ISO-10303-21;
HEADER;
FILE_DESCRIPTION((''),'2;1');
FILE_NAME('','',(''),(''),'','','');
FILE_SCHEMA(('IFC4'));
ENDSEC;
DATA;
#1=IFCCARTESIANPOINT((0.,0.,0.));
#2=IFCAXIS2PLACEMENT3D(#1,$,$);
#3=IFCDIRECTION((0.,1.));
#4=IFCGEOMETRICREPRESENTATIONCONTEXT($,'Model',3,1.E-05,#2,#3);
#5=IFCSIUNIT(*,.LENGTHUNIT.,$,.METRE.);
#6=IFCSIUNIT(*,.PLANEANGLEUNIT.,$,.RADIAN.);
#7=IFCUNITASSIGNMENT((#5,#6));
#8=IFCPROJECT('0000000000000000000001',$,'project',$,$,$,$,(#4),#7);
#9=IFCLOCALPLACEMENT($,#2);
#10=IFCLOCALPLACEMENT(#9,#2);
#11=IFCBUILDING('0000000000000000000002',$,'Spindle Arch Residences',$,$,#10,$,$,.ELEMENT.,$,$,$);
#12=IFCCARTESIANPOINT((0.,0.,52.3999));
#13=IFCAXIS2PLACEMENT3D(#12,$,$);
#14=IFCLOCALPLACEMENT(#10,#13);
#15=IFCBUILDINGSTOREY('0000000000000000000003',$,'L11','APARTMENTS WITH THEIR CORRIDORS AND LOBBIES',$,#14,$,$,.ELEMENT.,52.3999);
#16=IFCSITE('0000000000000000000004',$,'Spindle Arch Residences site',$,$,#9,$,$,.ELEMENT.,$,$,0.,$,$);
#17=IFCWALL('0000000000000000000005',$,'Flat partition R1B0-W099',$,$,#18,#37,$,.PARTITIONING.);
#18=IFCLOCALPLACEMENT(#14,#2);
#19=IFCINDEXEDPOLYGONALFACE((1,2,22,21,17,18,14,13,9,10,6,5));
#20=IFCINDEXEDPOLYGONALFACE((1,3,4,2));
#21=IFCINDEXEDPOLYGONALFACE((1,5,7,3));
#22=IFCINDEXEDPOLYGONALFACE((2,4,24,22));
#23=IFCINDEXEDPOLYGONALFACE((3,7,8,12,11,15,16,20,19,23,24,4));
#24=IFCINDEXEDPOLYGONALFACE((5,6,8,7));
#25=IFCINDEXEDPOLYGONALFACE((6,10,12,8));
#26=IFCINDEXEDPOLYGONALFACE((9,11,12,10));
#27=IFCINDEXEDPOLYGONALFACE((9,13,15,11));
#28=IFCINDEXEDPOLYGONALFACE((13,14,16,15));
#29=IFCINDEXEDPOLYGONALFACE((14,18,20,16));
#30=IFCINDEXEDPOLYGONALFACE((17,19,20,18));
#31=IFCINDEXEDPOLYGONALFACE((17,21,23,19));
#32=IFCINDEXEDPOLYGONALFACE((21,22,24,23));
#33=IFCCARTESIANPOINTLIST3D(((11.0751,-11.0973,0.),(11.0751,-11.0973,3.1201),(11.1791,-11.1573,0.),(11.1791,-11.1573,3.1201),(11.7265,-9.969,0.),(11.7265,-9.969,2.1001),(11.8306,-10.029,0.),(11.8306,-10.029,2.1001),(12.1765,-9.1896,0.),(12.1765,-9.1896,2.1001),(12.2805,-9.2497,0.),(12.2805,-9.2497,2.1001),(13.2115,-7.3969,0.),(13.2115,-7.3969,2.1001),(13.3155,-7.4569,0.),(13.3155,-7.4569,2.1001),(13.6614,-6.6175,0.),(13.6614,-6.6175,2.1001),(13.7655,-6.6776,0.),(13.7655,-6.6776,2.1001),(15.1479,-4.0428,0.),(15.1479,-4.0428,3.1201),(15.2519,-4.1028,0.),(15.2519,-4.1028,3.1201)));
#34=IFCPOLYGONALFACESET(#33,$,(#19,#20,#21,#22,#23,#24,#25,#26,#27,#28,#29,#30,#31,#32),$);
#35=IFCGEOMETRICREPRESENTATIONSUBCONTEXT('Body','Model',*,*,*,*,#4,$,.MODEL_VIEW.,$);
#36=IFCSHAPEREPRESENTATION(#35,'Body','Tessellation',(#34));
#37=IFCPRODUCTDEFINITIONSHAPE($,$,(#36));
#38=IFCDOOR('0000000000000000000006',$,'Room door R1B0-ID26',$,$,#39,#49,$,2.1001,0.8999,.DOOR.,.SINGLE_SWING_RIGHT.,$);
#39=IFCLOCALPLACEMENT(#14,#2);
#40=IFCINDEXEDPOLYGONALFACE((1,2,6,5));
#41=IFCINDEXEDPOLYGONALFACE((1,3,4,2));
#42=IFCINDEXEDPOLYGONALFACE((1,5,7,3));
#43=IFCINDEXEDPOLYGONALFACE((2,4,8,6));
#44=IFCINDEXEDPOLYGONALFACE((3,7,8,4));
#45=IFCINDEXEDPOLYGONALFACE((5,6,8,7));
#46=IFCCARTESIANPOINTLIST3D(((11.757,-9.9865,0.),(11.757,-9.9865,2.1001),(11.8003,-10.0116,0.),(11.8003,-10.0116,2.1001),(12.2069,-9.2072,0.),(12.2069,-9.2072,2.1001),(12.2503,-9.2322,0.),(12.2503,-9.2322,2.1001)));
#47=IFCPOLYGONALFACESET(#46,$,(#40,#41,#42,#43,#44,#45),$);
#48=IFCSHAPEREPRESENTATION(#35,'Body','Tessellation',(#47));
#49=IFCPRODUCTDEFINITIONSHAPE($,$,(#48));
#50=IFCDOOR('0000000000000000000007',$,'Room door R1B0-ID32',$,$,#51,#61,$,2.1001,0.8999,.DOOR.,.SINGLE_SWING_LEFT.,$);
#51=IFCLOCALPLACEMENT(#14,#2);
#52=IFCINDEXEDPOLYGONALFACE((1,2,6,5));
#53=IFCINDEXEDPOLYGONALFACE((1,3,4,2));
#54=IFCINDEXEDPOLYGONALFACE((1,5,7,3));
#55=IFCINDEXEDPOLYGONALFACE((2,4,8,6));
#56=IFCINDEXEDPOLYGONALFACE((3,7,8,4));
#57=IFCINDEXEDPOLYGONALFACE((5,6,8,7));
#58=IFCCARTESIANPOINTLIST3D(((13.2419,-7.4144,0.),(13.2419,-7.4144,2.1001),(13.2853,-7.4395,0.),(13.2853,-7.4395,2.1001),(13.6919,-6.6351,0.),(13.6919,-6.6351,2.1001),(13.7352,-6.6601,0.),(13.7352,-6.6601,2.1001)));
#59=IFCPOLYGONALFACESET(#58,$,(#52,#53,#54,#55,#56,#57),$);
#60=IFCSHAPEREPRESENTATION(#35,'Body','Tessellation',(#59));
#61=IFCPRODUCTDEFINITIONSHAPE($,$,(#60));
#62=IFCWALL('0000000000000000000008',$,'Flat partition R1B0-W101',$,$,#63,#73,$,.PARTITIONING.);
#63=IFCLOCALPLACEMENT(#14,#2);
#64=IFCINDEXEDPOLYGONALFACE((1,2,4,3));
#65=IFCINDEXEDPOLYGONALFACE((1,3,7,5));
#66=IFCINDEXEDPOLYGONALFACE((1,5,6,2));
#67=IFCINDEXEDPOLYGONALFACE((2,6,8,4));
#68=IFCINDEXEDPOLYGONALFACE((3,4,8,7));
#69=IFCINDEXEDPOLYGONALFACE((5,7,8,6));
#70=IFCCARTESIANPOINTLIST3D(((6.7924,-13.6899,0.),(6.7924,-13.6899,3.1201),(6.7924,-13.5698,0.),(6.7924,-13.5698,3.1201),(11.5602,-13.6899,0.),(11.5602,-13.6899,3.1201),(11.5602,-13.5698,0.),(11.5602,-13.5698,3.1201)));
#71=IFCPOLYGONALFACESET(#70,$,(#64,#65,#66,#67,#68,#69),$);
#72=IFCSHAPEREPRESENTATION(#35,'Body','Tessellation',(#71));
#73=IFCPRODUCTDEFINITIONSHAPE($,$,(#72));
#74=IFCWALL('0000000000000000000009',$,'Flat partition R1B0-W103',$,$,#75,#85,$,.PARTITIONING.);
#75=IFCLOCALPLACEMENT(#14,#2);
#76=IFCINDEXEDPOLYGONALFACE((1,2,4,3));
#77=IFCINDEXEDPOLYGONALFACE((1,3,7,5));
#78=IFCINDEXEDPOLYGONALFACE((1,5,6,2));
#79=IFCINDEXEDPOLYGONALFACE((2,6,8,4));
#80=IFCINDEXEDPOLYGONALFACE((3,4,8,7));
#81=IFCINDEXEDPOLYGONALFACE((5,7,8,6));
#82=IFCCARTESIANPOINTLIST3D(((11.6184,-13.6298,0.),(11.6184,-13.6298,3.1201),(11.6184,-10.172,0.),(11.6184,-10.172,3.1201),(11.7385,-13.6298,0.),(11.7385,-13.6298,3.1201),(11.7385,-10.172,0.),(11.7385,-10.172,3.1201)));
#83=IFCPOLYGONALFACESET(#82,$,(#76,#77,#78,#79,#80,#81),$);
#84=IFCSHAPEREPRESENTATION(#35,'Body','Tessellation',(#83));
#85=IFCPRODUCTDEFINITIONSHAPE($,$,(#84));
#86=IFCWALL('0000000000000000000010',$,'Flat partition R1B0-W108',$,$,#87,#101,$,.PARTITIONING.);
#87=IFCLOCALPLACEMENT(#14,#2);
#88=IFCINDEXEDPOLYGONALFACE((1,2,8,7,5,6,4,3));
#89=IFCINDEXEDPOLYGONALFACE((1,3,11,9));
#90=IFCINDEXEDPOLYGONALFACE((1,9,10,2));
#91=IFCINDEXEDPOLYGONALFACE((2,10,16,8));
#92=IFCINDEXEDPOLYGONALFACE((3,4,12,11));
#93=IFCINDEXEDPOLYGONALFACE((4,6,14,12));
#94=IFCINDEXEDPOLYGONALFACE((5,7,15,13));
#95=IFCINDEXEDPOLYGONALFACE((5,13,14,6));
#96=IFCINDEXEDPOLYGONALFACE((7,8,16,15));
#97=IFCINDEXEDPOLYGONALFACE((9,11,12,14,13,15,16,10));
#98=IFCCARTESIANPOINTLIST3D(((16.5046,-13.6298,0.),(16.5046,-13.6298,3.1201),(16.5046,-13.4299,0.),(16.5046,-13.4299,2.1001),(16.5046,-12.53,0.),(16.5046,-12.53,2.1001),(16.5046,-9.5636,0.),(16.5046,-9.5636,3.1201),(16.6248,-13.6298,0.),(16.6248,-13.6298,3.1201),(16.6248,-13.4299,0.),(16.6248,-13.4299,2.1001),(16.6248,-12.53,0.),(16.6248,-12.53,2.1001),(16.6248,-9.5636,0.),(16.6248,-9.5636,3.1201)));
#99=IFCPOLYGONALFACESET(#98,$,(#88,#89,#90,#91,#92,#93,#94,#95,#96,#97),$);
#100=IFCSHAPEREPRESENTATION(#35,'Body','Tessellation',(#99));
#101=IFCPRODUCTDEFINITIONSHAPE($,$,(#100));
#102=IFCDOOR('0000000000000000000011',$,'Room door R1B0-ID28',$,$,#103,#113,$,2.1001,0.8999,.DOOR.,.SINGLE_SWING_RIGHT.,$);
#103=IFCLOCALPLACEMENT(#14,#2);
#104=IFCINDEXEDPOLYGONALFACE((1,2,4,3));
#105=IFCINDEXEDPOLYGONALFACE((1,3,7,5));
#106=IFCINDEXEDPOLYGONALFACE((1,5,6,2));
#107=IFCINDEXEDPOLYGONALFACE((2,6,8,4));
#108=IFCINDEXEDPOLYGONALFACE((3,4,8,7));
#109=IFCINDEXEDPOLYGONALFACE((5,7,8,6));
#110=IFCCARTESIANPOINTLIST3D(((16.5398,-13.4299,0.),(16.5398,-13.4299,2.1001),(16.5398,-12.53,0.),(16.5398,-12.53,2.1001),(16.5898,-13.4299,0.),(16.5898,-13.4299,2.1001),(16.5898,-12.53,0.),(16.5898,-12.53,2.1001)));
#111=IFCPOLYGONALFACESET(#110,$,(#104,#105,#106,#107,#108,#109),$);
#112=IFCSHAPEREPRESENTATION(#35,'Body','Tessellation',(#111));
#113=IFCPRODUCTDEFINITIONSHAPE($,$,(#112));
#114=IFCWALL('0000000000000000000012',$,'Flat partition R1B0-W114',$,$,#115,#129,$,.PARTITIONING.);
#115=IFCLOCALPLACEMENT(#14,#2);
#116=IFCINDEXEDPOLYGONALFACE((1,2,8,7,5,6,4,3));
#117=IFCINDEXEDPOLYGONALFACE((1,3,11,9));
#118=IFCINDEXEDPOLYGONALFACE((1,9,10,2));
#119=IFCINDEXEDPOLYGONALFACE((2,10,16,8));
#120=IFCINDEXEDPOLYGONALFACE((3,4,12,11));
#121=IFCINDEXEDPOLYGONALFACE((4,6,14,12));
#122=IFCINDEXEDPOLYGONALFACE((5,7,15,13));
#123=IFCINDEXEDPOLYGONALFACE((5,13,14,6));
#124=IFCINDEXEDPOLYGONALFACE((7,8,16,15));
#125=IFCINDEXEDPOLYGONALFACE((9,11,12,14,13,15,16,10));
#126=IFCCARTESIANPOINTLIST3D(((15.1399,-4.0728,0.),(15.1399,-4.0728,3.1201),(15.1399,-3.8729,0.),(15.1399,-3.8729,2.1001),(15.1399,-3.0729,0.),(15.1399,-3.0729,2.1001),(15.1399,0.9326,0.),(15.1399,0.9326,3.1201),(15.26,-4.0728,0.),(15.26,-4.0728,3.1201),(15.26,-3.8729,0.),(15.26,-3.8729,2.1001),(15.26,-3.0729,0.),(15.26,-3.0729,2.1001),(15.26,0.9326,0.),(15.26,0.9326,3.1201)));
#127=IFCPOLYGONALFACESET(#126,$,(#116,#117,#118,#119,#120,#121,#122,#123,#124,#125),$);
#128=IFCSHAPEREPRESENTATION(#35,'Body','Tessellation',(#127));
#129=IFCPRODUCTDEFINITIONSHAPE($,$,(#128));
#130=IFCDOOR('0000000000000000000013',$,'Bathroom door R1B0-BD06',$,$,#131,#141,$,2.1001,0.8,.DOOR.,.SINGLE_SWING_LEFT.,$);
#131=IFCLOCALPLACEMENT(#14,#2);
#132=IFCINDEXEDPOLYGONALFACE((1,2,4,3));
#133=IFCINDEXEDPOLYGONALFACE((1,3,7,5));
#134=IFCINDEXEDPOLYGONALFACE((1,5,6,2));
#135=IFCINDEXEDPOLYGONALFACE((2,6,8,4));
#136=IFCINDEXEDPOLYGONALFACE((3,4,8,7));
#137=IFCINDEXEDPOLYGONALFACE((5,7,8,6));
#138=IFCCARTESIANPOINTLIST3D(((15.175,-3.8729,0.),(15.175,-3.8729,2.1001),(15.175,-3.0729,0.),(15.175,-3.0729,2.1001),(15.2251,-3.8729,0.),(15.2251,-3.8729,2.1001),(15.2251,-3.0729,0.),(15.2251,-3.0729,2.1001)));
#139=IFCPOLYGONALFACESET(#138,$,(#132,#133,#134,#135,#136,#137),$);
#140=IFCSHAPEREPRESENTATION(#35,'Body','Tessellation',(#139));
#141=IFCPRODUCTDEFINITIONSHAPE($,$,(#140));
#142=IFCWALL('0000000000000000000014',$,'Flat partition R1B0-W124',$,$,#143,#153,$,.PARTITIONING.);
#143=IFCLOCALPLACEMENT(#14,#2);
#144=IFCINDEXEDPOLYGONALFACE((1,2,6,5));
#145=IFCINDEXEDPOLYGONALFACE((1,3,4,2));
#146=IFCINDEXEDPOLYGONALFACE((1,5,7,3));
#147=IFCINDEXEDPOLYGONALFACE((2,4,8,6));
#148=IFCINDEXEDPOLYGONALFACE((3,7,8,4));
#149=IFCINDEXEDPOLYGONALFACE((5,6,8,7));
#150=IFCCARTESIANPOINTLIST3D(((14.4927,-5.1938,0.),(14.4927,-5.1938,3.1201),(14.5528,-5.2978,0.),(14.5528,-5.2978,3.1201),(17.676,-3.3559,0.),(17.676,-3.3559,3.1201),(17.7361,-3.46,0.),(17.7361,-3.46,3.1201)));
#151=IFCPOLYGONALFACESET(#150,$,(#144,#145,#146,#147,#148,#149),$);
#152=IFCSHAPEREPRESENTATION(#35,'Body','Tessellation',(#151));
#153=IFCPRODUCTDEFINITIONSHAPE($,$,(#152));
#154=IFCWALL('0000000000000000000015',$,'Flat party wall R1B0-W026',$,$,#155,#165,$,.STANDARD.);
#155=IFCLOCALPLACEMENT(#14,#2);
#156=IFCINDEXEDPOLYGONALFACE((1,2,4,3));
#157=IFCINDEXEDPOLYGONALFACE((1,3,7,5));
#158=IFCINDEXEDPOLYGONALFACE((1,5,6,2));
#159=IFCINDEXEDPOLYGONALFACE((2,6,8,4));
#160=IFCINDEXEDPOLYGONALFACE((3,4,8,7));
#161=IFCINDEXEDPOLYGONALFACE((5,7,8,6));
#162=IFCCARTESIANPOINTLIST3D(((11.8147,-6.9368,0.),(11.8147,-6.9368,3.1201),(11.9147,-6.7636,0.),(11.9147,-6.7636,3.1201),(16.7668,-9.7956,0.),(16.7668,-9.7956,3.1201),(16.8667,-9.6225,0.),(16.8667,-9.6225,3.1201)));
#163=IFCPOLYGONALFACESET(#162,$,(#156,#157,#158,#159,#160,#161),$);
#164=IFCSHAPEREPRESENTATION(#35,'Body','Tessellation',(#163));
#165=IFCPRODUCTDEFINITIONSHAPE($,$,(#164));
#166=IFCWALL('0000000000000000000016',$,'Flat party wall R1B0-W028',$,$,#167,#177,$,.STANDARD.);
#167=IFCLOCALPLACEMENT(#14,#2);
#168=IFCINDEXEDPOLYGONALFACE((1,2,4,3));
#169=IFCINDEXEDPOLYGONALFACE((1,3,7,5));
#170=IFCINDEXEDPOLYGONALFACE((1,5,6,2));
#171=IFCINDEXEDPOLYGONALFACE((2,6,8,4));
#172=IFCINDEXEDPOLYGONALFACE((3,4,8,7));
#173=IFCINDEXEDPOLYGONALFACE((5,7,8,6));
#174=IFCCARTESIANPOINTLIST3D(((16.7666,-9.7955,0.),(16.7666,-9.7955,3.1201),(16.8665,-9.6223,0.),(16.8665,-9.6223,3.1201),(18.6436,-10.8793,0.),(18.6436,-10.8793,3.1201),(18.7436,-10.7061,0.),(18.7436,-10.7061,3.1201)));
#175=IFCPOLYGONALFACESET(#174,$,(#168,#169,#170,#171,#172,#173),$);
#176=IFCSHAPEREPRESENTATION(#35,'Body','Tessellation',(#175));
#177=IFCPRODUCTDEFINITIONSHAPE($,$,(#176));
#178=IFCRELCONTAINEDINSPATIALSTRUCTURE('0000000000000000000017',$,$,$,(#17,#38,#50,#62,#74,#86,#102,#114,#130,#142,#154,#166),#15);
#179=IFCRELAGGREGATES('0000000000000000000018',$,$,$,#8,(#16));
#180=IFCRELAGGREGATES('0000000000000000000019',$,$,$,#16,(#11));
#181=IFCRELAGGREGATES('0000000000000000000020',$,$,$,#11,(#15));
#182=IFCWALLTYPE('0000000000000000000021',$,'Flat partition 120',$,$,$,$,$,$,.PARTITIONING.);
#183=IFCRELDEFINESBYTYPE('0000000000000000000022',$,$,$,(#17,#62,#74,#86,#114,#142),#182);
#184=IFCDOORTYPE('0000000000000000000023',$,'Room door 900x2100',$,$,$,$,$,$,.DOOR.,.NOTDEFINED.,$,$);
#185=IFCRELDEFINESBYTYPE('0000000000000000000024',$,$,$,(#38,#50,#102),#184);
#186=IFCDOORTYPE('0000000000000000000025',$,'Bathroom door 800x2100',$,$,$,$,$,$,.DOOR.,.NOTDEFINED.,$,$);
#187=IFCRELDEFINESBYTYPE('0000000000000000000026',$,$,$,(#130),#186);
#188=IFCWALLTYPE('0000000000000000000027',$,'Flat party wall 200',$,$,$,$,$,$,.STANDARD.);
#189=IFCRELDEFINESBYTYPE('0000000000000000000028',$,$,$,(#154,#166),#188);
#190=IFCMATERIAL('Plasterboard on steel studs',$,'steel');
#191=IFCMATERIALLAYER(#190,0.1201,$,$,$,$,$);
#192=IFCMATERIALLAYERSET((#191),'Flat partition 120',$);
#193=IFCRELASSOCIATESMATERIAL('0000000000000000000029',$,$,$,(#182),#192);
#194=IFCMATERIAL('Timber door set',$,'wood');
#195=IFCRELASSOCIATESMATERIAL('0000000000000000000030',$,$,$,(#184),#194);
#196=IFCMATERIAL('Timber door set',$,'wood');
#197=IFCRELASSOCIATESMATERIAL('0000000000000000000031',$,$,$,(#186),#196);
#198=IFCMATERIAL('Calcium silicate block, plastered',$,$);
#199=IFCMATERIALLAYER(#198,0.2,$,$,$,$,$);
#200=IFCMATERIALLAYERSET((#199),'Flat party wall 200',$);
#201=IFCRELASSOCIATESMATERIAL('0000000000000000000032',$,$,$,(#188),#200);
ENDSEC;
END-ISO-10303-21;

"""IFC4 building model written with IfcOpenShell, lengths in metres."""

from ifc_helpers import new_model, si_unit, direction, frame, frame_2d, origin, place, context, subcontext, project, spatial, rectangle, extrude, material, layer, layer_set, type_object, element, fill, save


model = new_model("IFC4")

# Units and contexts
model_context = context("Model", 3, precision=1e-05, world=origin(), true_north=direction((0.0, 1.0)))
body_context = subcontext(model_context, "Body", "Model", "MODEL_VIEW")
ifc_project = project(units=[si_unit("LENGTHUNIT", "METRE"), si_unit("PLANEANGLEUNIT", "RADIAN")], contexts=[model_context])

# Site, building, storey
site_placement = place(None, origin())
site = spatial("IfcSite", under=ifc_project, at=site_placement, Name="Spindle Arch Residences site", CompositionType="ELEMENT", RefElevation=0.0)
building_placement = place(site_placement, origin())
building = spatial("IfcBuilding", under=site, at=building_placement, Name="Spindle Arch Residences", CompositionType="ELEMENT")
storey_placement = place(building_placement, frame((0.0, 0.0, 52.3999)))
storey = spatial("IfcBuildingStorey", under=building, at=storey_placement, Name="L11", Description="APARTMENTS WITH THEIR CORRIDORS AND LOBBIES", CompositionType="ELEMENT", Elevation=52.3999)

# Wall, openings, doors
ifc_material_1 = material(Name="Plasterboard on steel studs", Category="steel")
ifc_layer_1 = layer(ifc_material_1, 0.1201)
ifc_layer_set_1 = layer_set([ifc_layer_1], Name="Flat partition 120")
wall_type_1 = type_object("IfcWallType", Name="Flat partition 120", PredefinedType="PARTITIONING", material=ifc_layer_set_1)
wall_1_placement = place(storey_placement, frame((11.1272, -11.1272, 0.0), z_axis=(0.0, 0.0, 1.0), x_axis=(0.499988, 0.866032, 0.0)))
wall_1 = element("IfcWall", 1, at=wall_1_placement, inside=storey, type_object=wall_type_1, Name="Flat partition R1B0-W099", PredefinedType="PARTITIONING", context=body_context, shape_type="SweptSolid", body=[
    extrude(rectangle(XDim=8.1458, YDim=0.1201, at=frame_2d((4.0728, 0.0))), origin(), (0.0, 0.0, 1.0), 3.1201),
])
opening_1_placement = place(wall_1_placement, frame((1.3027, 0.0, 0.0)))
opening_1 = element("IfcOpeningElement", 2, at=opening_1_placement, cuts=wall_1, PredefinedType="OPENING", context=body_context, shape_type="SweptSolid", body=[
    extrude(rectangle(XDim=0.8999, YDim=2.1001, at=frame_2d((0.45, 1.05))), frame((0.0, 0.0701, 0.0), z_axis=(0.0, -1.0, 0.0), x_axis=(1.0, 0.0, 0.0)), (0.0, 0.0, 1.0), 0.1401),
])
opening_2_placement = place(wall_1_placement, frame((4.2727, 0.0, 0.0)))
opening_2 = element("IfcOpeningElement", 3, at=opening_2_placement, cuts=wall_1, PredefinedType="OPENING", context=body_context, shape_type="SweptSolid", body=[
    extrude(rectangle(XDim=0.8999, YDim=2.1001, at=frame_2d((0.45, 1.05))), frame((0.0, 0.0701, 0.0), z_axis=(0.0, -1.0, 0.0), x_axis=(1.0, 0.0, 0.0)), (0.0, 0.0, 1.0), 0.1401),
])
ifc_material_2 = material(Name="Timber door set", Category="wood")
door_type_1 = type_object("IfcDoorType", Name="Room door 900x2100", OperationType="NOTDEFINED", PredefinedType="DOOR", material=ifc_material_2)
door_1_placement = place(opening_1_placement, origin())
door_1 = element("IfcDoor", 4, at=door_1_placement, inside=storey, type_object=door_type_1, Name="Room door R1B0-ID26", OperationType="SINGLE_SWING_RIGHT", OverallHeight=2.1001, OverallWidth=0.8999, PredefinedType="DOOR", context=body_context, shape_type="SweptSolid", body=[
    extrude(rectangle(XDim=0.8999, YDim=2.1001, at=frame_2d((0.45, 1.05))), frame((0.0, 0.0249, 0.0), z_axis=(0.0, -1.0, 0.0), x_axis=(1.0, 0.0, 0.0)), (0.0, 0.0, 1.0), 0.05),
])
fill(opening_1, door_1)
door_2_placement = place(opening_2_placement, origin())
door_2 = element("IfcDoor", 5, at=door_2_placement, inside=storey, type_object=door_type_1, Name="Room door R1B0-ID32", OperationType="SINGLE_SWING_LEFT", OverallHeight=2.1001, OverallWidth=0.8999, PredefinedType="DOOR", context=body_context, shape_type="SweptSolid", body=[
    extrude(rectangle(XDim=0.8999, YDim=2.1001, at=frame_2d((0.45, 1.05))), frame((0.0, 0.0249, 0.0), z_axis=(0.0, -1.0, 0.0), x_axis=(1.0, 0.0, 0.0)), (0.0, 0.0, 1.0), 0.05),
])
fill(opening_2, door_2)

# Walls
wall_2_placement = place(storey_placement, frame((11.5601, -13.6299, 0.0), z_axis=(0.0, 0.0, 1.0), x_axis=(-1.0, 0.0, 0.0)))
element("IfcWall", 6, at=wall_2_placement, inside=storey, type_object=wall_type_1, Name="Flat partition R1B0-W101", PredefinedType="PARTITIONING", context=body_context, shape_type="SweptSolid", body=[
    extrude(rectangle(XDim=4.7678, YDim=0.1201, at=frame_2d((2.3838, 0.0))), origin(), (0.0, 0.0, 1.0), 3.1201),
])
wall_3_placement = place(storey_placement, frame((11.6785, -13.6299, 0.0), z_axis=(0.0, 0.0, 1.0), x_axis=(0.0, 1.0, 0.0)))
element("IfcWall", 7, at=wall_3_placement, inside=storey, type_object=wall_type_1, Name="Flat partition R1B0-W103", PredefinedType="PARTITIONING", context=body_context, shape_type="SweptSolid", body=[
    extrude(rectangle(XDim=3.4578, YDim=0.1201, at=frame_2d((1.729, 0.0))), origin(), (0.0, 0.0, 1.0), 3.1201),
])

# Walls, openings, doors
wall_4_placement = place(storey_placement, frame((16.5647, -13.6299, 0.0), z_axis=(0.0, 0.0, 1.0), x_axis=(0.0, 1.0, 0.0)))
wall_4 = element("IfcWall", 8, at=wall_4_placement, inside=storey, type_object=wall_type_1, Name="Flat partition R1B0-W108", PredefinedType="PARTITIONING", context=body_context, shape_type="SweptSolid", body=[
    extrude(rectangle(XDim=4.0662, YDim=0.1201, at=frame_2d((2.0332, 0.0))), origin(), (0.0, 0.0, 1.0), 3.1201),
])
opening_3_placement = place(wall_4_placement, frame((0.2, 0.0, 0.0)))
opening_3 = element("IfcOpeningElement", 9, at=opening_3_placement, cuts=wall_4, PredefinedType="OPENING", context=body_context, shape_type="SweptSolid", body=[
    extrude(rectangle(XDim=0.8999, YDim=2.1001, at=frame_2d((0.45, 1.05))), frame((0.0, 0.0701, 0.0), z_axis=(0.0, -1.0, 0.0), x_axis=(1.0, 0.0, 0.0)), (0.0, 0.0, 1.0), 0.1401),
])
door_3_placement = place(opening_3_placement, origin())
door_3 = element("IfcDoor", 10, at=door_3_placement, inside=storey, type_object=door_type_1, Name="Room door R1B0-ID28", OperationType="SINGLE_SWING_RIGHT", OverallHeight=2.1001, OverallWidth=0.8999, PredefinedType="DOOR", context=body_context, shape_type="SweptSolid", body=[
    extrude(rectangle(XDim=0.8999, YDim=2.1001, at=frame_2d((0.45, 1.05))), frame((0.0, 0.0249, 0.0), z_axis=(0.0, -1.0, 0.0), x_axis=(1.0, 0.0, 0.0)), (0.0, 0.0, 1.0), 0.05),
])
fill(opening_3, door_3)
wall_5_placement = place(storey_placement, frame((15.2, -4.0728, 0.0), z_axis=(0.0, 0.0, 1.0), x_axis=(0.0, 1.0, 0.0)))
wall_5 = element("IfcWall", 11, at=wall_5_placement, inside=storey, type_object=wall_type_1, Name="Flat partition R1B0-W114", PredefinedType="PARTITIONING", context=body_context, shape_type="SweptSolid", body=[
    extrude(rectangle(XDim=5.0054, YDim=0.1201, at=frame_2d((2.5027, 0.0))), origin(), (0.0, 0.0, 1.0), 3.1201),
])
opening_4_placement = place(wall_5_placement, frame((0.2, 0.0, 0.0)))
opening_4 = element("IfcOpeningElement", 12, at=opening_4_placement, cuts=wall_5, PredefinedType="OPENING", context=body_context, shape_type="SweptSolid", body=[
    extrude(rectangle(XDim=0.8, YDim=2.1001, at=frame_2d((0.3999, 1.05))), frame((0.0, 0.0701, 0.0), z_axis=(0.0, -1.0, 0.0), x_axis=(1.0, 0.0, 0.0)), (0.0, 0.0, 1.0), 0.1401),
])
ifc_material_3 = material(Name="Timber door set", Category="wood")
door_type_2 = type_object("IfcDoorType", Name="Bathroom door 800x2100", OperationType="NOTDEFINED", PredefinedType="DOOR", material=ifc_material_3)
door_4_placement = place(opening_4_placement, origin())
door_4 = element("IfcDoor", 13, at=door_4_placement, inside=storey, type_object=door_type_2, Name="Bathroom door R1B0-BD06", OperationType="SINGLE_SWING_LEFT", OverallHeight=2.1001, OverallWidth=0.8, PredefinedType="DOOR", context=body_context, shape_type="SweptSolid", body=[
    extrude(rectangle(XDim=0.8, YDim=2.1001, at=frame_2d((0.3999, 1.05))), frame((0.0, 0.0249, 0.0), z_axis=(0.0, -1.0, 0.0), x_axis=(1.0, 0.0, 0.0)), (0.0, 0.0, 1.0), 0.05),
])
fill(opening_4, door_4)

# Walls
wall_6_placement = place(storey_placement, frame((17.7061, -3.408, 0.0), z_axis=(0.0, 0.0, 1.0), x_axis=(-0.866027, -0.499997, 0.0)))
element("IfcWall", 14, at=wall_6_placement, inside=storey, type_object=wall_type_1, Name="Flat partition R1B0-W124", PredefinedType="PARTITIONING", context=body_context, shape_type="SweptSolid", body=[
    extrude(rectangle(XDim=3.6758, YDim=0.1201, at=frame_2d((1.8379, 0.0))), origin(), (0.0, 0.0, 1.0), 3.1201),
])
ifc_material_4 = material(Name="Calcium silicate block, plastered")
ifc_layer_2 = layer(ifc_material_4, 0.2)
ifc_layer_set_2 = layer_set([ifc_layer_2], Name="Flat party wall 200")
wall_type_2 = type_object("IfcWallType", Name="Flat party wall 200", PredefinedType="STANDARD", material=ifc_layer_set_2)
wall_7_placement = place(storey_placement, frame((16.8167, -9.709, 0.0), z_axis=(0.0, 0.0, 1.0), x_axis=(-0.866043, 0.499969, 0.0)))
element("IfcWall", 15, at=wall_7_placement, inside=storey, type_object=wall_type_2, Name="Flat party wall R1B0-W026", PredefinedType="STANDARD", context=body_context, shape_type="SweptSolid", body=[
    extrude(rectangle(XDim=5.718, YDim=0.2, at=frame_2d((2.8589, 0.0))), origin(), (0.0, 0.0, 1.0), 3.1201),
])
wall_8_placement = place(storey_placement, frame((18.6936, -10.7927, 0.0), z_axis=(0.0, 0.0, 1.0), x_axis=(-0.866009, 0.500028, 0.0)))
element("IfcWall", 16, at=wall_8_placement, inside=storey, type_object=wall_type_2, Name="Flat party wall R1B0-W028", PredefinedType="STANDARD", context=body_context, shape_type="SweptSolid", body=[
    extrude(rectangle(XDim=2.1675, YDim=0.2, at=frame_2d((1.0837, 0.0))), origin(), (0.0, 0.0, 1.0), 3.1201),
])

save(model, "model.ifc")
